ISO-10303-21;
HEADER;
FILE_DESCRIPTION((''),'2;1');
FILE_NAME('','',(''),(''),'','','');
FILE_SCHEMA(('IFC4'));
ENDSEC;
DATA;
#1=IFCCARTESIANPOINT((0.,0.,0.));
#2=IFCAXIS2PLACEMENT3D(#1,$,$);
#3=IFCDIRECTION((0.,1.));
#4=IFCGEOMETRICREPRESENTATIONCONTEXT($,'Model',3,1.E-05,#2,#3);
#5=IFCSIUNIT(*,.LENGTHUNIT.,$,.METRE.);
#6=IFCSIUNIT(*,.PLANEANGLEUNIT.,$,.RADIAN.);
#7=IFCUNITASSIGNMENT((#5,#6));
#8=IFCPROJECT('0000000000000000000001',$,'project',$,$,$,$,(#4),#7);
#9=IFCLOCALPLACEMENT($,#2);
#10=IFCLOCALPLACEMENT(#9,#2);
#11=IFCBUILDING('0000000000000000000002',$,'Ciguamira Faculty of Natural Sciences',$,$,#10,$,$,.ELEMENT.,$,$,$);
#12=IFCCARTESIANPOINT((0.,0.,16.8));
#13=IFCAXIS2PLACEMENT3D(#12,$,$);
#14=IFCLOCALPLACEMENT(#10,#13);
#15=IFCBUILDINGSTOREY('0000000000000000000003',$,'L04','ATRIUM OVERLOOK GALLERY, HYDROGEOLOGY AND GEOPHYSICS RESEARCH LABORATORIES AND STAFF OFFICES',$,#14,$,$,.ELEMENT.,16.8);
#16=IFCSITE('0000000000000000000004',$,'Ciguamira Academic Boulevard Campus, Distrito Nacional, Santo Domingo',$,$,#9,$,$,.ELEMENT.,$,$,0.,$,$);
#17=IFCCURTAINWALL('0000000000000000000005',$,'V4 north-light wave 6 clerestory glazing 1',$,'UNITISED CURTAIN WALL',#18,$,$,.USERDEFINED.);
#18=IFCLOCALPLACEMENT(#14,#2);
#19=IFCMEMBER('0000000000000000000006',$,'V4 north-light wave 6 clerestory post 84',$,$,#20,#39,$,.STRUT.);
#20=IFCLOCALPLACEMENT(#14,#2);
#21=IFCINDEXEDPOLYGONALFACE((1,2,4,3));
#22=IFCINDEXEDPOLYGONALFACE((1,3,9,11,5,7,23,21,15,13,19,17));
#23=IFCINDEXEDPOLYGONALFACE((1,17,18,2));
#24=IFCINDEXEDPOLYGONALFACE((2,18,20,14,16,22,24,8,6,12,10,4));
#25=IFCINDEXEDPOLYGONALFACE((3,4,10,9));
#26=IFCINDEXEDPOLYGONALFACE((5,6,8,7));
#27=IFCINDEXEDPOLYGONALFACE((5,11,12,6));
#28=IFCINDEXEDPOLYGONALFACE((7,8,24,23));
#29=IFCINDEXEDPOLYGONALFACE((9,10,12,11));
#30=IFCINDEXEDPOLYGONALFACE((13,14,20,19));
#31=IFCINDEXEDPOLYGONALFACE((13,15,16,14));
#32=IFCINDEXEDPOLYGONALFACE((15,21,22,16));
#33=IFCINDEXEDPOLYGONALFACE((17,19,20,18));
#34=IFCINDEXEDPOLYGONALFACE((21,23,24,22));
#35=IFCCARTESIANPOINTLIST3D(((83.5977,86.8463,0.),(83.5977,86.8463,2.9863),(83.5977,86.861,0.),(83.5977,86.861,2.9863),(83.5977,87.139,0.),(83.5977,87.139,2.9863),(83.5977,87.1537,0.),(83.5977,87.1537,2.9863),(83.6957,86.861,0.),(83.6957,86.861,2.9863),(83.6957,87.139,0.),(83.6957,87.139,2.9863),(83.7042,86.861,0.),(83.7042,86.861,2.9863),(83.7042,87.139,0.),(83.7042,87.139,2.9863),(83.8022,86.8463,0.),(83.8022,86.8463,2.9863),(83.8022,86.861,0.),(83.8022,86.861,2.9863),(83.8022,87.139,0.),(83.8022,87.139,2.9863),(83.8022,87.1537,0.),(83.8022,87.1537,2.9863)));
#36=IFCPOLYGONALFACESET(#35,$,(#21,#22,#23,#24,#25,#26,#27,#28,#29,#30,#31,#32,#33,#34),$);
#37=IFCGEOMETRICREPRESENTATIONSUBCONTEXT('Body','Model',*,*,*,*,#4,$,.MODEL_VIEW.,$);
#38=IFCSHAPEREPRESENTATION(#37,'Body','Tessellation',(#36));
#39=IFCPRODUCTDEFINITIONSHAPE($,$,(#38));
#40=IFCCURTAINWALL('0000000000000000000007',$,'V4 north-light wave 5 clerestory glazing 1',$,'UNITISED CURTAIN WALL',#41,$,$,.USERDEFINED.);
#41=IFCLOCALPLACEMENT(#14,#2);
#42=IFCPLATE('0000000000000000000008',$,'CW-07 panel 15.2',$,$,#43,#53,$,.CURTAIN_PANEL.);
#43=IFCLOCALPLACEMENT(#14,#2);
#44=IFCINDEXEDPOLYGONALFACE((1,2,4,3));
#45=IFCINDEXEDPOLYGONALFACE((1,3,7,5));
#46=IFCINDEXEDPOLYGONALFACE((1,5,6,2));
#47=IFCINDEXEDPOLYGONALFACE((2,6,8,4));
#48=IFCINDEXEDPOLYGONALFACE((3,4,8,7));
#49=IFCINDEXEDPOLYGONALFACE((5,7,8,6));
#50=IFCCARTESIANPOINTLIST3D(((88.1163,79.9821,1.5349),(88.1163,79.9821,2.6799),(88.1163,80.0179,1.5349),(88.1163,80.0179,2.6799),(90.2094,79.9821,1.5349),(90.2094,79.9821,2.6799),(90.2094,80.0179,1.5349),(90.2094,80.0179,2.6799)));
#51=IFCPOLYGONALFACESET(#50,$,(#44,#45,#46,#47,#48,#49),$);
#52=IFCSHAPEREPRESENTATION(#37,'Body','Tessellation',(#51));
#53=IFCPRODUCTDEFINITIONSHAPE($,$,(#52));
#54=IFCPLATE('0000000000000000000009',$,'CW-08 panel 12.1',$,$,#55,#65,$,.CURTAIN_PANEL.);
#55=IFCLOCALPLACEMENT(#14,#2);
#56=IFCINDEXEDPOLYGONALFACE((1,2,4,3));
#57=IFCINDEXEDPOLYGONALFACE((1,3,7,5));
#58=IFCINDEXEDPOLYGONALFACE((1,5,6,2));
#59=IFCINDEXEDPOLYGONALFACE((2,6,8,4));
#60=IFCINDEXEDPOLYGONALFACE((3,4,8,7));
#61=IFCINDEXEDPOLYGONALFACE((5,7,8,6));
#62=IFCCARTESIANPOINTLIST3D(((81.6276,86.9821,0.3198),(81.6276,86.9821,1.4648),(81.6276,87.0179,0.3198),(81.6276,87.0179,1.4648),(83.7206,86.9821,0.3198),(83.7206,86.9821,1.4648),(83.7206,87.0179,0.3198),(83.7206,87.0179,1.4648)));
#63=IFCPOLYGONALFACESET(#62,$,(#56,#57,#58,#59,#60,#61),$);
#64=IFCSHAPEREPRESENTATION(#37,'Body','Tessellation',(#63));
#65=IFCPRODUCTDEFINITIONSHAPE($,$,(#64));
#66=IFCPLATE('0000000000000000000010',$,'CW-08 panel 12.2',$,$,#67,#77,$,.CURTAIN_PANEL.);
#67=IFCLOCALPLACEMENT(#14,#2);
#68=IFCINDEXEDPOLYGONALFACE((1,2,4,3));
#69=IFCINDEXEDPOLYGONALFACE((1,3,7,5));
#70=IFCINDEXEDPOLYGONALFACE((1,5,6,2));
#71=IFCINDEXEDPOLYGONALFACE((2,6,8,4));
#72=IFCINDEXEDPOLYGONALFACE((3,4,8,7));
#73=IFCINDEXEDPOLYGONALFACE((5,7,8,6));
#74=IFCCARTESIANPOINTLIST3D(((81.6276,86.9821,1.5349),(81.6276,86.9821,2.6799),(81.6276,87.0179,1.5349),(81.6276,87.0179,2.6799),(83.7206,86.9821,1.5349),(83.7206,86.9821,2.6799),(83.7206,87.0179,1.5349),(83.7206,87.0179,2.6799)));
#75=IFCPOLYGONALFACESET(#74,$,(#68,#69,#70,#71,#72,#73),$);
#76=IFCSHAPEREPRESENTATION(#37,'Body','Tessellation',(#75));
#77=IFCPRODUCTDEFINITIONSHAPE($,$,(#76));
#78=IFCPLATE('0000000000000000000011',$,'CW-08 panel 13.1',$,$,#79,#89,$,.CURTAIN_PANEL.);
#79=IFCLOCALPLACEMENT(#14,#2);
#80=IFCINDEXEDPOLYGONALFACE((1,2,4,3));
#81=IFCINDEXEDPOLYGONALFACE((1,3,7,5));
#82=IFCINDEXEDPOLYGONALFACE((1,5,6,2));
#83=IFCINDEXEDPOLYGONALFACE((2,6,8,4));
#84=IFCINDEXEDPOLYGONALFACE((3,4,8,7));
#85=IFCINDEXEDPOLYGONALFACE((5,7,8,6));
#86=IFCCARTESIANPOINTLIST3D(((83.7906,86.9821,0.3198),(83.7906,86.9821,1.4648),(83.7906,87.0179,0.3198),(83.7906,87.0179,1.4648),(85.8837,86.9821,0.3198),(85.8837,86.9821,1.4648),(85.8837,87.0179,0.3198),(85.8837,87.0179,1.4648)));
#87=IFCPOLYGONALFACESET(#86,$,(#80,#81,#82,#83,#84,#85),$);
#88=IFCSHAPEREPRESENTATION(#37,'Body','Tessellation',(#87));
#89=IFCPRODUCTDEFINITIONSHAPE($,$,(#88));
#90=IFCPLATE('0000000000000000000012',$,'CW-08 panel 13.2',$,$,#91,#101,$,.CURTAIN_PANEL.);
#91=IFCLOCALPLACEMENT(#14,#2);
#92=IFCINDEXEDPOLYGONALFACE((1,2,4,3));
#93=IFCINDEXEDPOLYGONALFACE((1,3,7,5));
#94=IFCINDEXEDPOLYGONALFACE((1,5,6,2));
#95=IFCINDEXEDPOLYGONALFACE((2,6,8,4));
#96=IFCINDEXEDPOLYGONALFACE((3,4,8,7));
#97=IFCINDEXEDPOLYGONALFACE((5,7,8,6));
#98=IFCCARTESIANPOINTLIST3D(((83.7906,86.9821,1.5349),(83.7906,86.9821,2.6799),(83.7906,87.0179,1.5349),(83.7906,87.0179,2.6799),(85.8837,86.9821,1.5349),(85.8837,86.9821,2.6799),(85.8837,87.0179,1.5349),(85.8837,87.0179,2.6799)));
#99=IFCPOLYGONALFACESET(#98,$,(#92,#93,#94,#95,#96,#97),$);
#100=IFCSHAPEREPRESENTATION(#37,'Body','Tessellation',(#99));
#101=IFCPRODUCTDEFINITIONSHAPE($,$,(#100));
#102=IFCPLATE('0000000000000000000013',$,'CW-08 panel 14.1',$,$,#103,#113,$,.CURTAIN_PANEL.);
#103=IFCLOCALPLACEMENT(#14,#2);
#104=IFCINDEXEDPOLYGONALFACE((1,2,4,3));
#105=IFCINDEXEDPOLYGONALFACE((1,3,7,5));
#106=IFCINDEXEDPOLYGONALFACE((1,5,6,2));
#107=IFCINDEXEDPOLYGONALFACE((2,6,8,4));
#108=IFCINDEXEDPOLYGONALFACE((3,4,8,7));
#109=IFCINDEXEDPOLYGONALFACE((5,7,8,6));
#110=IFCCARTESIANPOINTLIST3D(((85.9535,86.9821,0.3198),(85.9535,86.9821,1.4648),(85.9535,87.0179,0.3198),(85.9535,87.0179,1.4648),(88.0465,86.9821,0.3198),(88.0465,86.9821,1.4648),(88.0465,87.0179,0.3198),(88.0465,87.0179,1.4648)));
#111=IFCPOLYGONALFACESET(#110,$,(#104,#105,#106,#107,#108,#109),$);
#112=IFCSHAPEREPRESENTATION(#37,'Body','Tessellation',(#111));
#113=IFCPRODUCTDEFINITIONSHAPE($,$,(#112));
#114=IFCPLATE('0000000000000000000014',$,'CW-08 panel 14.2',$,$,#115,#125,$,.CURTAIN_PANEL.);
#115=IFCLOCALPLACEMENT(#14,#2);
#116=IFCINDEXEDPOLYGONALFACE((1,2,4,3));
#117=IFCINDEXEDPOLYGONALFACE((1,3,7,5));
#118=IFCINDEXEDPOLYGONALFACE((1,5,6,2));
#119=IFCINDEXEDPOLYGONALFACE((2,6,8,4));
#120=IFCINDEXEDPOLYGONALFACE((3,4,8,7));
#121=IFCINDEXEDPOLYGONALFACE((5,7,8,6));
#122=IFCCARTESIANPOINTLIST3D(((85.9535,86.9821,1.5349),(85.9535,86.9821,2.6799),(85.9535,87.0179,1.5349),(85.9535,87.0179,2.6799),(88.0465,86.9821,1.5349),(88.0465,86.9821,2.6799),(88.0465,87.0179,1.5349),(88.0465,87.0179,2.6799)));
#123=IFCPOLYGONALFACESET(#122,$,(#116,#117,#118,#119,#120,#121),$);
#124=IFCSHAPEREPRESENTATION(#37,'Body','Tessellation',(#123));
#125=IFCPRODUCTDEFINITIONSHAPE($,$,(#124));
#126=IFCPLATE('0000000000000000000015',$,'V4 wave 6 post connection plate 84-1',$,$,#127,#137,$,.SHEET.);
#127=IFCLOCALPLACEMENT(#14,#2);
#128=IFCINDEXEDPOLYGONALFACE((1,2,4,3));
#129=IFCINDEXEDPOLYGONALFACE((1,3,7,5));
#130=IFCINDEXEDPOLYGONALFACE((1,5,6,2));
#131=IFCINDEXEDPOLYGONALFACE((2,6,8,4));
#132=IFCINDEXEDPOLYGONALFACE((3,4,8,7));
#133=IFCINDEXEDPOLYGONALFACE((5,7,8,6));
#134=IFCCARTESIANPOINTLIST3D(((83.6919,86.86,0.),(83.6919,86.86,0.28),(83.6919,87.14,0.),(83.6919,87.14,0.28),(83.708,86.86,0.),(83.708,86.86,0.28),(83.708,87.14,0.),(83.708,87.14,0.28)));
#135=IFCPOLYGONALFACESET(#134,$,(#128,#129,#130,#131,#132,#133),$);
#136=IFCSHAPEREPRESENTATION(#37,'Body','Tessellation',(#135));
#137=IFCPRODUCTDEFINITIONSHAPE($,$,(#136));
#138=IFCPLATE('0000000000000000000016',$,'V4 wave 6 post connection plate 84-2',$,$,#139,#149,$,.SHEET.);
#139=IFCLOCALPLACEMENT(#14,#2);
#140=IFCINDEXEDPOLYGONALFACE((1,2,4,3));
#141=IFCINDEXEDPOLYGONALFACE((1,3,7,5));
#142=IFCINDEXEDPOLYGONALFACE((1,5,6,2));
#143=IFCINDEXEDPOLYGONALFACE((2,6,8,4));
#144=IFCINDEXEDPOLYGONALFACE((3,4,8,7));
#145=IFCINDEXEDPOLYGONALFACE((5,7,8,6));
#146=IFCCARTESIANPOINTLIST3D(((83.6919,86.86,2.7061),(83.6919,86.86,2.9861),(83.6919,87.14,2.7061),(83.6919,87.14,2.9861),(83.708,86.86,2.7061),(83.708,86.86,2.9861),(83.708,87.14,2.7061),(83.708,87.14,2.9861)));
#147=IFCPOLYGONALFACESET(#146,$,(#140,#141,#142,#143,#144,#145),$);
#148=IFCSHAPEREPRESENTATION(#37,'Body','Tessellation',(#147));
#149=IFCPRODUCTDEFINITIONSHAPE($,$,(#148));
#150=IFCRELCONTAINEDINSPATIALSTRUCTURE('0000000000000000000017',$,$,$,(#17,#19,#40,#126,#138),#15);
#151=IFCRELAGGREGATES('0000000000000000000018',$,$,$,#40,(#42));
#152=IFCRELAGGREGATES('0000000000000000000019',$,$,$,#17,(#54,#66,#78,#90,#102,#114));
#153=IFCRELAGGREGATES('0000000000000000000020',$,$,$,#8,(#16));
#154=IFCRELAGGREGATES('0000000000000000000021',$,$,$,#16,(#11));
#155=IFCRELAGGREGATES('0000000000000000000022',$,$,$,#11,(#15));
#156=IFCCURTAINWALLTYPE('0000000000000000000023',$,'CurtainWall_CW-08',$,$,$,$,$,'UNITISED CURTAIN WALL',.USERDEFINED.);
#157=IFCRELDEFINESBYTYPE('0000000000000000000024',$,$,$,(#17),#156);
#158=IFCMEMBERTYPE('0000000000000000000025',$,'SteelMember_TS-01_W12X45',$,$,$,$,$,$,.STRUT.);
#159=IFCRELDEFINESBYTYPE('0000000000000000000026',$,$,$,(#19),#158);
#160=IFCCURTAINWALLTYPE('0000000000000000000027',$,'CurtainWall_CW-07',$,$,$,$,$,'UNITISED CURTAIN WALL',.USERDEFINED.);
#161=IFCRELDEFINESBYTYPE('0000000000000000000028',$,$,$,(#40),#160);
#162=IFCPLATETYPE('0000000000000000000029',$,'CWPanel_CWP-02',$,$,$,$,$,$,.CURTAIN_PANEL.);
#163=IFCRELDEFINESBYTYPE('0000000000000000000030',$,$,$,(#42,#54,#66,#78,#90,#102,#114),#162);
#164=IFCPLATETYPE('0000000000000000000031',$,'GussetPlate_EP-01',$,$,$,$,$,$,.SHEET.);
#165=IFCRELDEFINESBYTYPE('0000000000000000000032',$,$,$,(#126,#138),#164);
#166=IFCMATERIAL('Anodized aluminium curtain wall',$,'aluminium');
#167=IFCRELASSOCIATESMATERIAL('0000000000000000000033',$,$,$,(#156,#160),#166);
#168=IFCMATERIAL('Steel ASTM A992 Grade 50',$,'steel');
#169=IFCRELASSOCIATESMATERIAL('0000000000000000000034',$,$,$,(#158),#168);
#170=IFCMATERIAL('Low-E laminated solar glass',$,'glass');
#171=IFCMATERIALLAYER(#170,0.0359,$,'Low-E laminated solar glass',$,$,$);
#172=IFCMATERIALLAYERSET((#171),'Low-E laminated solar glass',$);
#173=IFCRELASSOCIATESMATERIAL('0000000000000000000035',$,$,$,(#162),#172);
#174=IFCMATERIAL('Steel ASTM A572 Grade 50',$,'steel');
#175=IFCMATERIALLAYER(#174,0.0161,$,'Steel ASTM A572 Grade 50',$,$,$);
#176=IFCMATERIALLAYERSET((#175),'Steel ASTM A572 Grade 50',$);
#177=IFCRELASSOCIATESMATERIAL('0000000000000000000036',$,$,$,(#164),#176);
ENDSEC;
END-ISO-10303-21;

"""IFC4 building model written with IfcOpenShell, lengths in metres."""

from ifc_helpers import new_model, si_unit, direction, frame, origin, origin_2d, place, context, subcontext, project, spatial, rectangle, i_section, extrude, material, layer, layer_set, material_profile, profile_set, type_object, element, aggregate, save


model = new_model("IFC4")

# Units and contexts
model_context = context("Model", 3, precision=1e-05, world=origin(), true_north=direction((0.0, 1.0)))
body_context = subcontext(model_context, "Body", "Model", "MODEL_VIEW")
ifc_project = project(units=[si_unit("LENGTHUNIT", "METRE"), si_unit("PLANEANGLEUNIT", "RADIAN")], contexts=[model_context])

# Site, building, storey
site_placement = place(None, origin())
site = spatial("IfcSite", under=ifc_project, at=site_placement, Name="Ciguamira Academic Boulevard Campus, Distrito Nacional, Santo Domingo", CompositionType="ELEMENT", RefElevation=0.0)
building_placement = place(site_placement, origin())
building = spatial("IfcBuilding", under=site, at=building_placement, Name="Ciguamira Faculty of Natural Sciences", CompositionType="ELEMENT")
storey_placement = place(building_placement, frame((0.0, 0.0, 16.8)))
storey = spatial("IfcBuildingStorey", under=building, at=storey_placement, Name="L04", Description="ATRIUM OVERLOOK GALLERY, HYDROGEOLOGY AND GEOPHYSICS RESEARCH LABORATORIES AND STAFF OFFICES", CompositionType="ELEMENT", Elevation=16.8)

# Curtain wall
ifc_material_1 = material(Name="Anodized aluminium curtain wall", Category="aluminium")
curtain_wall_type_1 = type_object("IfcCurtainWallType", Name="CurtainWall_CW-08", ElementType="UNITISED CURTAIN WALL", PredefinedType="USERDEFINED", material=ifc_material_1)
curtain_wall_1_placement = place(storey_placement, origin())
curtain_wall_1 = element("IfcCurtainWall", 1, at=curtain_wall_1_placement, inside=storey, type_object=curtain_wall_type_1, Name="V4 north-light wave 6 clerestory glazing 1", ObjectType="UNITISED CURTAIN WALL", PredefinedType="USERDEFINED")

# Member
ifc_material_2 = material(Name="Steel ASTM A992 Grade 50", Category="steel")
ifc_material_profile_1 = material_profile(ifc_material_2, i_section(OverallWidth=0.2046, OverallDepth=0.3074, WebThickness=0.0085, FlangeThickness=0.0146, at=origin_2d()), Name="W12X45")
ifc_profile_set_1 = profile_set([ifc_material_profile_1], Name="Steel ASTM A992 Grade 50")
member_type_1 = type_object("IfcMemberType", Name="SteelMember_TS-01_W12X45", PredefinedType="STRUT", material=ifc_profile_set_1)
member_1_placement = place(storey_placement, frame((83.7, 87.0, 0.0), z_axis=(0.0, 0.0, 1.0), x_axis=(1.0, 0.0, 0.0)))
element("IfcMember", 2, at=member_1_placement, inside=storey, type_object=member_type_1, Name="V4 north-light wave 6 clerestory post 84", PredefinedType="STRUT", context=body_context, shape_type="SweptSolid", body=[
    extrude(i_section(OverallWidth=0.2046, OverallDepth=0.3074, WebThickness=0.0085, FlangeThickness=0.0146, at=origin_2d()), origin(), (0.0, 0.0, 1.0), 2.9863),
])

# Curtain wall, plate
curtain_wall_type_2 = type_object("IfcCurtainWallType", Name="CurtainWall_CW-07", ElementType="UNITISED CURTAIN WALL", PredefinedType="USERDEFINED", material=ifc_material_1)
curtain_wall_2_placement = place(storey_placement, origin())
curtain_wall_2 = element("IfcCurtainWall", 3, at=curtain_wall_2_placement, inside=storey, type_object=curtain_wall_type_2, Name="V4 north-light wave 5 clerestory glazing 1", ObjectType="UNITISED CURTAIN WALL", PredefinedType="USERDEFINED")
ifc_material_3 = material(Name="Low-E laminated solar glass", Category="glass")
ifc_layer_1 = layer(ifc_material_3, 0.0359, Name="Low-E laminated solar glass")
ifc_layer_set_1 = layer_set([ifc_layer_1], Name="Low-E laminated solar glass")
plate_type_1 = type_object("IfcPlateType", Name="CWPanel_CWP-02", PredefinedType="CURTAIN_PANEL", material=ifc_layer_set_1)
plate_1_placement = place(storey_placement, frame((89.1628, 80.0, 1.5349), z_axis=(0.0, 0.0, 1.0), x_axis=(1.0, 0.0, 0.0)))
plate_1 = element("IfcPlate", 4, at=plate_1_placement, type_object=plate_type_1, Name="CW-07 panel 15.2", PredefinedType="CURTAIN_PANEL", context=body_context, shape_type="SweptSolid", body=[
    extrude(rectangle(XDim=2.093, YDim=0.0359, at=origin_2d()), origin(), (0.0, 0.0, 1.0), 1.145),
])
aggregate(curtain_wall_2, [plate_1])

# Plates
plate_2_placement = place(storey_placement, frame((82.6741, 87.0, 0.3198), z_axis=(0.0, 0.0, 1.0), x_axis=(1.0, 0.0, 0.0)))
plate_2 = element("IfcPlate", 5, at=plate_2_placement, type_object=plate_type_1, Name="CW-08 panel 12.1", PredefinedType="CURTAIN_PANEL", context=body_context, shape_type="SweptSolid", body=[
    extrude(rectangle(XDim=2.093, YDim=0.0359, at=origin_2d()), origin(), (0.0, 0.0, 1.0), 1.145),
])
plate_3_placement = place(storey_placement, frame((82.6741, 87.0, 1.5349), z_axis=(0.0, 0.0, 1.0), x_axis=(1.0, 0.0, 0.0)))
plate_3 = element("IfcPlate", 6, at=plate_3_placement, type_object=plate_type_1, Name="CW-08 panel 12.2", PredefinedType="CURTAIN_PANEL", context=body_context, shape_type="SweptSolid", body=[
    extrude(rectangle(XDim=2.093, YDim=0.0359, at=origin_2d()), origin(), (0.0, 0.0, 1.0), 1.145),
])
plate_4_placement = place(storey_placement, frame((84.8372, 87.0, 0.3198), z_axis=(0.0, 0.0, 1.0), x_axis=(1.0, 0.0, 0.0)))
plate_4 = element("IfcPlate", 7, at=plate_4_placement, type_object=plate_type_1, Name="CW-08 panel 13.1", PredefinedType="CURTAIN_PANEL", context=body_context, shape_type="SweptSolid", body=[
    extrude(rectangle(XDim=2.093, YDim=0.0359, at=origin_2d()), origin(), (0.0, 0.0, 1.0), 1.145),
])
plate_5_placement = place(storey_placement, frame((84.8372, 87.0, 1.5349), z_axis=(0.0, 0.0, 1.0), x_axis=(1.0, 0.0, 0.0)))
plate_5 = element("IfcPlate", 8, at=plate_5_placement, type_object=plate_type_1, Name="CW-08 panel 13.2", PredefinedType="CURTAIN_PANEL", context=body_context, shape_type="SweptSolid", body=[
    extrude(rectangle(XDim=2.093, YDim=0.0359, at=origin_2d()), origin(), (0.0, 0.0, 1.0), 1.145),
])
plate_6_placement = place(storey_placement, frame((87.0, 87.0, 0.3198), z_axis=(0.0, 0.0, 1.0), x_axis=(1.0, 0.0, 0.0)))
plate_6 = element("IfcPlate", 9, at=plate_6_placement, type_object=plate_type_1, Name="CW-08 panel 14.1", PredefinedType="CURTAIN_PANEL", context=body_context, shape_type="SweptSolid", body=[
    extrude(rectangle(XDim=2.093, YDim=0.0359, at=origin_2d()), origin(), (0.0, 0.0, 1.0), 1.145),
])
plate_7_placement = place(storey_placement, frame((87.0, 87.0, 1.5349), z_axis=(0.0, 0.0, 1.0), x_axis=(1.0, 0.0, 0.0)))
plate_7 = element("IfcPlate", 10, at=plate_7_placement, type_object=plate_type_1, Name="CW-08 panel 14.2", PredefinedType="CURTAIN_PANEL", context=body_context, shape_type="SweptSolid", body=[
    extrude(rectangle(XDim=2.093, YDim=0.0359, at=origin_2d()), origin(), (0.0, 0.0, 1.0), 1.145),
])
aggregate(curtain_wall_1, [plate_2, plate_3, plate_4, plate_5, plate_6, plate_7])

# Plates
ifc_material_4 = material(Name="Steel ASTM A572 Grade 50", Category="steel")
ifc_layer_2 = layer(ifc_material_4, 0.0161, Name="Steel ASTM A572 Grade 50")
ifc_layer_set_2 = layer_set([ifc_layer_2], Name="Steel ASTM A572 Grade 50")
plate_type_2 = type_object("IfcPlateType", Name="GussetPlate_EP-01", PredefinedType="SHEET", material=ifc_layer_set_2)
for number, where, z_axis, x_axis, name in (
    (11, (83.7, 87.0, 0.0), (0.0, 0.0, 1.0), (1.0, 0.0, 0.0), "V4 wave 6 post connection plate 84-1"),
    (12, (83.7, 87.0, 2.7061), (0.0, 0.0, 1.0), (1.0, 0.0, 0.0), "V4 wave 6 post connection plate 84-2"),
):
    element("IfcPlate", number, at=place(storey_placement, frame(where, z_axis=z_axis, x_axis=x_axis)), inside=storey, type_object=plate_type_2, Name=name, PredefinedType="SHEET", context=body_context, shape_type="SweptSolid", body=[
        extrude(rectangle(XDim=0.0161, YDim=0.28, at=origin_2d()), origin(), (0.0, 0.0, 1.0), 0.28),
    ])

save(model, "model.ifc")
